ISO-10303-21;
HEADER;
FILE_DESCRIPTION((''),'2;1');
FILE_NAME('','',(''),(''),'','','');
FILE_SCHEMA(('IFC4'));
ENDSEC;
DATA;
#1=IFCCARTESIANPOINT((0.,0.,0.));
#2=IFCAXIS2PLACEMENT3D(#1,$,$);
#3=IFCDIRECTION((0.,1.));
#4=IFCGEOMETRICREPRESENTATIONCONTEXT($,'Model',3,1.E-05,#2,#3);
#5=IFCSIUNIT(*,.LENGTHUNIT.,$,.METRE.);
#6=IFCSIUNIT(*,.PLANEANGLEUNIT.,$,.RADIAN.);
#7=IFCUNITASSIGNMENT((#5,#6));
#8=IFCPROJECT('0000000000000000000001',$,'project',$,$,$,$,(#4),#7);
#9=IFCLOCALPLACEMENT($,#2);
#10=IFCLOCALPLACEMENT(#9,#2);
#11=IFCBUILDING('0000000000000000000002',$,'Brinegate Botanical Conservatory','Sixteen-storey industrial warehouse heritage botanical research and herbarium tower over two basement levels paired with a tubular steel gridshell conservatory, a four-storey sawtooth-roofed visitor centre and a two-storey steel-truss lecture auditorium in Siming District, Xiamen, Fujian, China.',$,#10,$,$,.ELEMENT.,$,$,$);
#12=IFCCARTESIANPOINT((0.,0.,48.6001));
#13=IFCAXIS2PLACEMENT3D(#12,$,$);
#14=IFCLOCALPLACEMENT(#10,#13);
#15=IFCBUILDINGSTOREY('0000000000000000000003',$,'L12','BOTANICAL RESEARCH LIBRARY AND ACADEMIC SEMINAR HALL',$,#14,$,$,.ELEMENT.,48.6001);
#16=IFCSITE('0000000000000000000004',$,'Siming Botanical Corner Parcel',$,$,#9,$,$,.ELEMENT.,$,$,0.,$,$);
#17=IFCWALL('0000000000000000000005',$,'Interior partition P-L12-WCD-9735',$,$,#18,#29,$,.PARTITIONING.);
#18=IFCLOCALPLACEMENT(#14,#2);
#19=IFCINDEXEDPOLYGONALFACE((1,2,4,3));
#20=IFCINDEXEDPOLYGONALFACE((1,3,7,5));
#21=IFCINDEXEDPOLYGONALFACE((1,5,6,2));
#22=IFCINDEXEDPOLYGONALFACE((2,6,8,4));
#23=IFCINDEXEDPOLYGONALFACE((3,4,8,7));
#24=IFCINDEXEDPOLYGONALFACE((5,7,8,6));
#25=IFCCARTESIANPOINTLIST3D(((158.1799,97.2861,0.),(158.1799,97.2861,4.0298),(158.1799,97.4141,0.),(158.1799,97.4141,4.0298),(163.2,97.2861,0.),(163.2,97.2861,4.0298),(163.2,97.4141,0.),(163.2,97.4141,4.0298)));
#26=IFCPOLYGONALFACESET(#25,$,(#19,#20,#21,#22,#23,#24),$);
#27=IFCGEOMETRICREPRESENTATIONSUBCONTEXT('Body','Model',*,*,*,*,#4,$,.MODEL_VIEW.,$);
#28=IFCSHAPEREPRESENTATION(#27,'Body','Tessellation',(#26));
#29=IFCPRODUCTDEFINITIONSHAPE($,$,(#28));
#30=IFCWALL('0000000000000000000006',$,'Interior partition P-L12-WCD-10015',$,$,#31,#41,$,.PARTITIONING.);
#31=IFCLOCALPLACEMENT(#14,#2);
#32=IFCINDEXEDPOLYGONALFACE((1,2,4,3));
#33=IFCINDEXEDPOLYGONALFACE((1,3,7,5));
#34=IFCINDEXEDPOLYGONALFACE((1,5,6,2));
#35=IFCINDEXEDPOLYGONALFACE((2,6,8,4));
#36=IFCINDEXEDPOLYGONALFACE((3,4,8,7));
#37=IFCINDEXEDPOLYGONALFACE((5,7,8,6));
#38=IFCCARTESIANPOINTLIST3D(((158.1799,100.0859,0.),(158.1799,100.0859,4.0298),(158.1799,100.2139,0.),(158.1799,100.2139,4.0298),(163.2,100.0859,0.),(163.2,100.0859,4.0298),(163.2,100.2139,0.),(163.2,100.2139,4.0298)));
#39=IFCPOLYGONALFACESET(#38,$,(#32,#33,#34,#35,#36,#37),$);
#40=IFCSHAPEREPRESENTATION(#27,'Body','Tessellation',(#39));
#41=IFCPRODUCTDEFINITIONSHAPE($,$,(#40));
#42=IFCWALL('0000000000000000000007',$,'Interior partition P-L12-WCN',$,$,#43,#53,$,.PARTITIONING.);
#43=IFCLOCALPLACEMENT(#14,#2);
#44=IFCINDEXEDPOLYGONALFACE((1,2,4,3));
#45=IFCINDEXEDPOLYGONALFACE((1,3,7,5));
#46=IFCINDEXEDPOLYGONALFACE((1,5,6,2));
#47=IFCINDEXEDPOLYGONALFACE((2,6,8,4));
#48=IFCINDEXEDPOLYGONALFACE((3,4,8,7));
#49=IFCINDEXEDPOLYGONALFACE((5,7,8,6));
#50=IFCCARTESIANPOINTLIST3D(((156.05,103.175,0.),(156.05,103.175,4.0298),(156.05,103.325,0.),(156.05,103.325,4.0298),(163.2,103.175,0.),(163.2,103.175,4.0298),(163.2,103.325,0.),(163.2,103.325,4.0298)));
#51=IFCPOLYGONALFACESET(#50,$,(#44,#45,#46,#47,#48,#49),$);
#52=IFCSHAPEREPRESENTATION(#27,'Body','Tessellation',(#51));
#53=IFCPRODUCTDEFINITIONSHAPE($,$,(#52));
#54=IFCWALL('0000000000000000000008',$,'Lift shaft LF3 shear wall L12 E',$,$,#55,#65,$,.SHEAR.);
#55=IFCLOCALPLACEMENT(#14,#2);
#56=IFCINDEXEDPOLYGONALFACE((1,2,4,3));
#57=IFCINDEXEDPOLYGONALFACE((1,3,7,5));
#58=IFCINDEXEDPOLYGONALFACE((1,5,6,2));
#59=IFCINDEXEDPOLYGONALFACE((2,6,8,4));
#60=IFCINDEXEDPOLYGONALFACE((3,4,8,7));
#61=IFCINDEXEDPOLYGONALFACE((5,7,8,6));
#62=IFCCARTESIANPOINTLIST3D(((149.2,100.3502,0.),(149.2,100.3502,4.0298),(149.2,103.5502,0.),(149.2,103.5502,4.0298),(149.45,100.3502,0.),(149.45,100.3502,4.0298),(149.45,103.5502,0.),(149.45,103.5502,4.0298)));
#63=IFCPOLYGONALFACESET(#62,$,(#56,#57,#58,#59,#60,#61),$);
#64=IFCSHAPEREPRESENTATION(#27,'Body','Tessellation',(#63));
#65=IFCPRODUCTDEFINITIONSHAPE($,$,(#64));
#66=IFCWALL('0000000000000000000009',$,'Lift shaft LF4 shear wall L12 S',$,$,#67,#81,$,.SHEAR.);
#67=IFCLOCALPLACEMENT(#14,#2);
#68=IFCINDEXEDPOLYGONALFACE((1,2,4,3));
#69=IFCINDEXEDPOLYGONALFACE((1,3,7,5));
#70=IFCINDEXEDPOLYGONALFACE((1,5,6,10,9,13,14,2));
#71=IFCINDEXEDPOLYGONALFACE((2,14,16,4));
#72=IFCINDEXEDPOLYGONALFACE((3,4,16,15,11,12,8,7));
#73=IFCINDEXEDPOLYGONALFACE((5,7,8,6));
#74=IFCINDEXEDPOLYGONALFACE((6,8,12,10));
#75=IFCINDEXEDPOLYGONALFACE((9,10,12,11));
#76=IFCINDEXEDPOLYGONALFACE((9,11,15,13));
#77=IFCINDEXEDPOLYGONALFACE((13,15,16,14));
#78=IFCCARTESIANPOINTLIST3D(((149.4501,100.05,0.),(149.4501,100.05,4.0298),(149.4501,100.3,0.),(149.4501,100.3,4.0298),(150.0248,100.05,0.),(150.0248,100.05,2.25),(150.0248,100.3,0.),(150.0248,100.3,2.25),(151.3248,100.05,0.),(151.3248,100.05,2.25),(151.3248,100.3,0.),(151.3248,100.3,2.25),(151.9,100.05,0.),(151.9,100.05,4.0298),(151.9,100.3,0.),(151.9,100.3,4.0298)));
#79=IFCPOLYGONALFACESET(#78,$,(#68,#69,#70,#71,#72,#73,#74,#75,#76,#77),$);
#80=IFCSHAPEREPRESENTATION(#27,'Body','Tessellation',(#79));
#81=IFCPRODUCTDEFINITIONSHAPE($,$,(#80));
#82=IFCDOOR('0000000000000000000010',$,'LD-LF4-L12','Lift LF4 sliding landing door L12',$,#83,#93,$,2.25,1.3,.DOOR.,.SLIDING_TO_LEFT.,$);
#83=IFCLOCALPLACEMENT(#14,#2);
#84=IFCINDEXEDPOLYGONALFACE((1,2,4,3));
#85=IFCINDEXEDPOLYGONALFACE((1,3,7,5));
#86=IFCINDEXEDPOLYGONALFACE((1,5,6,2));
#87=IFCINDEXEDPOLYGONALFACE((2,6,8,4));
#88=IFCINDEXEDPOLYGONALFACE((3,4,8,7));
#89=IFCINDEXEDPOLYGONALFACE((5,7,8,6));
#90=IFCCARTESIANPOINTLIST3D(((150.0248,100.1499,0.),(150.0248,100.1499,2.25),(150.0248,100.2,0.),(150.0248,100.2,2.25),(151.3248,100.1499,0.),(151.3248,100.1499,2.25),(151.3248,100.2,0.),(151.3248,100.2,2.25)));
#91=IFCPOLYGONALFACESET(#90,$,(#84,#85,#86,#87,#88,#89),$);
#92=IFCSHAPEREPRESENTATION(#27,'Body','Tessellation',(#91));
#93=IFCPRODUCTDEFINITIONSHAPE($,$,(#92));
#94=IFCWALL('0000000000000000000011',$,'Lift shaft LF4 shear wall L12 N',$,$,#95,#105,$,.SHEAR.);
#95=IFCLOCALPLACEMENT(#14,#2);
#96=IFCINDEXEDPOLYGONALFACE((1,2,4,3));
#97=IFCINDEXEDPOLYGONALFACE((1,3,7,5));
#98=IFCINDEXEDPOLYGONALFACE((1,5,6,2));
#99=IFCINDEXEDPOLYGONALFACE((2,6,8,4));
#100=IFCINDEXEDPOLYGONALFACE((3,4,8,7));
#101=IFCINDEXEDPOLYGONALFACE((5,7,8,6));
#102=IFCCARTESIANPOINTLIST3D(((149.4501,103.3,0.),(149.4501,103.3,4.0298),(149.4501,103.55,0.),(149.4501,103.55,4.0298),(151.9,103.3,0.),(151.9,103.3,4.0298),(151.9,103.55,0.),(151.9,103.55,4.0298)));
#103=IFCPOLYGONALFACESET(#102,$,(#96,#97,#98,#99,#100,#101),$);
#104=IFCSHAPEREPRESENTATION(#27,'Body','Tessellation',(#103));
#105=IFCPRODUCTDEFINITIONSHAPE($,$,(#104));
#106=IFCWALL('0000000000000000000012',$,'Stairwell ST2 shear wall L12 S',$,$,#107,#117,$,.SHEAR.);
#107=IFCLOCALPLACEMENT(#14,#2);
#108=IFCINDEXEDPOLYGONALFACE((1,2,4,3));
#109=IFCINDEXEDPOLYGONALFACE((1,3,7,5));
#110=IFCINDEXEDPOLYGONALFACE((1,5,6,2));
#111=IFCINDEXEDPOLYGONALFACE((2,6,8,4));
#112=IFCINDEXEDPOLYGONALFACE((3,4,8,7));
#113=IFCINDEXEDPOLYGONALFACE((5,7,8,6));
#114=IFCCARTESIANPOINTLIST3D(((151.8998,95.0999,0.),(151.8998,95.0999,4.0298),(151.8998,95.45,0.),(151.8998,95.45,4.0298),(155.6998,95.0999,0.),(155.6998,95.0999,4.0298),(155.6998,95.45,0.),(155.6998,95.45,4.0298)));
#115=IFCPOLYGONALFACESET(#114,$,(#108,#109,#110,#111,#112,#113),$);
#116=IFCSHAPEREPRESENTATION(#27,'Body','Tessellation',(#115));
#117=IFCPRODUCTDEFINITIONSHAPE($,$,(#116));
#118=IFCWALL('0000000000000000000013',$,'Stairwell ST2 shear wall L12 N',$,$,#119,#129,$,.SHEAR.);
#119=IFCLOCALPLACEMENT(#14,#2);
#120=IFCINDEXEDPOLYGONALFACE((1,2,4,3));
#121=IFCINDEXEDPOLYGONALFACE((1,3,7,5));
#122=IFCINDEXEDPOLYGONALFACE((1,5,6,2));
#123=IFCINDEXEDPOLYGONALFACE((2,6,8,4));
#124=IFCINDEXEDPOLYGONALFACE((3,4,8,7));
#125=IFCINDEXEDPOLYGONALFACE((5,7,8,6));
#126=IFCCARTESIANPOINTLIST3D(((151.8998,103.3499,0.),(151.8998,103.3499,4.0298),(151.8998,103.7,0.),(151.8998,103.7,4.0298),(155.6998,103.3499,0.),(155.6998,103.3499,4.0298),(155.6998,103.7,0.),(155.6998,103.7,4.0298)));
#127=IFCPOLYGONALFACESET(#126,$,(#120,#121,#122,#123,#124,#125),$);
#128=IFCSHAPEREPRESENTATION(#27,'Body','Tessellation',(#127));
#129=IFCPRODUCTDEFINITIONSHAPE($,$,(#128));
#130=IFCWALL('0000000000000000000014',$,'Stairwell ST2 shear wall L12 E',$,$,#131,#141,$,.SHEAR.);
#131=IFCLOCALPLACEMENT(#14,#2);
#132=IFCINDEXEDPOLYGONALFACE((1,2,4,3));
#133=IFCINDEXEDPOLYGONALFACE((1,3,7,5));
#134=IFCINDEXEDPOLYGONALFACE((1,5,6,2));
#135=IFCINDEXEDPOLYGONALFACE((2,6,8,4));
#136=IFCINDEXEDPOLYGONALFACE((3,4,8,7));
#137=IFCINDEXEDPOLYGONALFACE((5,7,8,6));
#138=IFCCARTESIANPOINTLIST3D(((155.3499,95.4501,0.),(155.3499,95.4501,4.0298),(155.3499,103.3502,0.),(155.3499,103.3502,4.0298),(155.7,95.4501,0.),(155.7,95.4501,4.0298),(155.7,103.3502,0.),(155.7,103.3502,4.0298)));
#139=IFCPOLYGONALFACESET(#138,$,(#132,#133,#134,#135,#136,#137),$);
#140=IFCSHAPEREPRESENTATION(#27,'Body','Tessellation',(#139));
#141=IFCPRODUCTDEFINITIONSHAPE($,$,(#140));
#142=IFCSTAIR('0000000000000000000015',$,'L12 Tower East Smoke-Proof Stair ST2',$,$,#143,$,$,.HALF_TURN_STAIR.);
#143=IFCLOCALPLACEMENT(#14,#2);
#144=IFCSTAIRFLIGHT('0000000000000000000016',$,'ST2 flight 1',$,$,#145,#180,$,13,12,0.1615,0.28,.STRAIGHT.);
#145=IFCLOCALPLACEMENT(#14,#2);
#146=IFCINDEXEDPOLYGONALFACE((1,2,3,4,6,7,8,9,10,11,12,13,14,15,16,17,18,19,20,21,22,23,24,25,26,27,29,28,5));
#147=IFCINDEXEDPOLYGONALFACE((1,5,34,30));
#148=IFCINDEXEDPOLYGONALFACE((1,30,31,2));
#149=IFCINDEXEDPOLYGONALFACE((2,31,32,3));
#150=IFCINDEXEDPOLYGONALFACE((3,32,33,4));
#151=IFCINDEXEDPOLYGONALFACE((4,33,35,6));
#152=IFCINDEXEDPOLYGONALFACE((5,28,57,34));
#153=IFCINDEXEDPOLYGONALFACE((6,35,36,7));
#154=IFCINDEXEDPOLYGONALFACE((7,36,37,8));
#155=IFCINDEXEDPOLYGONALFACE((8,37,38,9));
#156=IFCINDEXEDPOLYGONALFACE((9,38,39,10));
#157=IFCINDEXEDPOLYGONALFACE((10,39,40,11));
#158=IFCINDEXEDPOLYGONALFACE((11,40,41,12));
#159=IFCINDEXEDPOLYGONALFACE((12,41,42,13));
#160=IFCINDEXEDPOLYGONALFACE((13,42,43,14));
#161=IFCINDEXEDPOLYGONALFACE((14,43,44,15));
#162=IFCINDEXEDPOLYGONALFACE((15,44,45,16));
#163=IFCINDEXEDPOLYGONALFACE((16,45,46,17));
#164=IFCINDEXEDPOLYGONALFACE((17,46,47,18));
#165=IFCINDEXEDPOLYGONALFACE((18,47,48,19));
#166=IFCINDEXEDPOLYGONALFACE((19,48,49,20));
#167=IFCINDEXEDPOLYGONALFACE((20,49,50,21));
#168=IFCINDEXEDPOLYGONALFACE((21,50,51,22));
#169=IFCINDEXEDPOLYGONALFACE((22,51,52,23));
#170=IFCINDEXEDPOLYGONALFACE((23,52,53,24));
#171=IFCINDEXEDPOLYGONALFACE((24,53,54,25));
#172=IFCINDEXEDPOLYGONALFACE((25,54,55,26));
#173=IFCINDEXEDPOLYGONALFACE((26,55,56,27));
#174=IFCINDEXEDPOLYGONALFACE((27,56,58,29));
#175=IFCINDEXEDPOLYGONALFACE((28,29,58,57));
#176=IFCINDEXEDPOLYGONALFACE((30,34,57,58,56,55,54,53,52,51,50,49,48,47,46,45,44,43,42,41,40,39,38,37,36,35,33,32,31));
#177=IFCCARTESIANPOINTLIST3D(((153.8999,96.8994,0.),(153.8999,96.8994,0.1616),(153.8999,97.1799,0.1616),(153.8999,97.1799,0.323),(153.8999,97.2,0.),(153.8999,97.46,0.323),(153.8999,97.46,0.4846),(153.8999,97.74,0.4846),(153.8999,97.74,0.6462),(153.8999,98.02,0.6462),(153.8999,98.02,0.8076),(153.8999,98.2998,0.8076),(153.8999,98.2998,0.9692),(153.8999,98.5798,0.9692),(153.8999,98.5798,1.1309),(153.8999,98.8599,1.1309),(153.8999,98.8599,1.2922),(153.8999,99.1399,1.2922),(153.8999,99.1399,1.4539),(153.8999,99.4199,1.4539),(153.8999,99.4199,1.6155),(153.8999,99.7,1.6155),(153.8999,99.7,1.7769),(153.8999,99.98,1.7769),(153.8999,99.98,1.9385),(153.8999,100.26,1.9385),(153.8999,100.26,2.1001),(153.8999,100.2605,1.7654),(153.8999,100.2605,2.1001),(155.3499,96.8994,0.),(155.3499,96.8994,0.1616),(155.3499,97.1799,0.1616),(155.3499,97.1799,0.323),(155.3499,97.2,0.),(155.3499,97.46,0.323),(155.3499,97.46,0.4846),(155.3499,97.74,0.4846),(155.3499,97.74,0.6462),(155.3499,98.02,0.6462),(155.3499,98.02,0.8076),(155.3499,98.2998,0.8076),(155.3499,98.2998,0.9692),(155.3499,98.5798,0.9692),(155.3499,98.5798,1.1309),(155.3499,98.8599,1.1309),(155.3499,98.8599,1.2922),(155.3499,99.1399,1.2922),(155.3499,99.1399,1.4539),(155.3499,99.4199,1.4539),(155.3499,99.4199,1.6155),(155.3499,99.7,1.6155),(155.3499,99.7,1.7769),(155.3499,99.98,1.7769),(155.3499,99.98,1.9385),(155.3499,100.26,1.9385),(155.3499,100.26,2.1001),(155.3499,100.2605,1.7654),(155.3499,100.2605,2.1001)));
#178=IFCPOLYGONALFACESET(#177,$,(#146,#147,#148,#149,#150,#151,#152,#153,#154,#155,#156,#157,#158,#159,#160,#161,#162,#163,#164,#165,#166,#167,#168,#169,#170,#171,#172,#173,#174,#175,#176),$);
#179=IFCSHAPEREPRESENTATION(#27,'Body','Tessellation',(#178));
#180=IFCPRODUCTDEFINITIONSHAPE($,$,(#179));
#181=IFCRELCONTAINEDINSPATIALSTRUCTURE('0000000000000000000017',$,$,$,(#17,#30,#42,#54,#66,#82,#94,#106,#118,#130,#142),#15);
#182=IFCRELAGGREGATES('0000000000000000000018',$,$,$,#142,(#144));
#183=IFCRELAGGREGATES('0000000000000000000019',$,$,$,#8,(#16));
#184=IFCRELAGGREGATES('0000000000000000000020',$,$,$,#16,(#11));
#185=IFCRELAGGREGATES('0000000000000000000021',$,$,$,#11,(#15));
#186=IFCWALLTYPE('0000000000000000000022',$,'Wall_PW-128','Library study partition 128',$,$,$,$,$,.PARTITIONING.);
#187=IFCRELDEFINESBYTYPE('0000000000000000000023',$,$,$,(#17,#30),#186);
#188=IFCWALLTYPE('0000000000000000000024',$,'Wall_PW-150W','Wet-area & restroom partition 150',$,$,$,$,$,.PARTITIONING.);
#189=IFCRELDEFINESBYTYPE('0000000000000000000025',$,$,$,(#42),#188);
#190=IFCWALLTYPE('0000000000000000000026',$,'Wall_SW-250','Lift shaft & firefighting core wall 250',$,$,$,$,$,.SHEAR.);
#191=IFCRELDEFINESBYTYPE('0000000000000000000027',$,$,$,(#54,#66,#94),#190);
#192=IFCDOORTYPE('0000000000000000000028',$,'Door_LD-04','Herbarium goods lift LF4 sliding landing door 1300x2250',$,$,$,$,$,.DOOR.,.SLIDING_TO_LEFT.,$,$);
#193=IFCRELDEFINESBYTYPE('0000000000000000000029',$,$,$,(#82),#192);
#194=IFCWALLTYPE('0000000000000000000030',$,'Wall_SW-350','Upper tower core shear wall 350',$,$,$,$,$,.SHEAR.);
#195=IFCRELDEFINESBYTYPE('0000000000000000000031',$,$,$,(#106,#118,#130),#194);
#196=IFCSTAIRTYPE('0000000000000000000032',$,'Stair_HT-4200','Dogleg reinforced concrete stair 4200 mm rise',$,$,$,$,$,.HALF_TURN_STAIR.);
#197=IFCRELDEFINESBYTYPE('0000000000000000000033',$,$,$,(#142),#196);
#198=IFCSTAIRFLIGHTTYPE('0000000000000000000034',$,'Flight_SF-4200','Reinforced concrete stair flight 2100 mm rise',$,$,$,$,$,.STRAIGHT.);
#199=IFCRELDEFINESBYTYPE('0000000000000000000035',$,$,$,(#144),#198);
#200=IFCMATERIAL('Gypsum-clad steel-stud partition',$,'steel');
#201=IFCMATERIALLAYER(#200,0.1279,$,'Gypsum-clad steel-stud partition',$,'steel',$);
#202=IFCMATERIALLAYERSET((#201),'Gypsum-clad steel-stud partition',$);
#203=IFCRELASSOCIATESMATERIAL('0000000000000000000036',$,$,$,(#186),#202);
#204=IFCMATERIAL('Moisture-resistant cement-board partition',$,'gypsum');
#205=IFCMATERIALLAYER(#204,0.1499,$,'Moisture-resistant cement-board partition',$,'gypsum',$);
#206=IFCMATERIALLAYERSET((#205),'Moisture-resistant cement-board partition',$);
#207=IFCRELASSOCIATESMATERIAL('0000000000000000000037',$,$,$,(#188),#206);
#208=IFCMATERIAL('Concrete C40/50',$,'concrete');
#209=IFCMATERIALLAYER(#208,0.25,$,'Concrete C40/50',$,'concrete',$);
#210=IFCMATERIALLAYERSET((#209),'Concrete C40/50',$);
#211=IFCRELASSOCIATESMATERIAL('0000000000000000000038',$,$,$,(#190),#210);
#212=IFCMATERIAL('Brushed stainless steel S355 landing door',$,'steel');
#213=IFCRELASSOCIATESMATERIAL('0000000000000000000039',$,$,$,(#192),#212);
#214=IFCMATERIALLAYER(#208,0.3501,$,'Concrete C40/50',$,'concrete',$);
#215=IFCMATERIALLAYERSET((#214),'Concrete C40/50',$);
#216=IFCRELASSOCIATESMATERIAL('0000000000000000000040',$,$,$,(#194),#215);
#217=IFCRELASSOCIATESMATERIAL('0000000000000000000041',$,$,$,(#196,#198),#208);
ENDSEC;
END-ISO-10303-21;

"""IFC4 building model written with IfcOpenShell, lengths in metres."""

from ifc_helpers import new_model, si_unit, direction, frame, frame_2d, origin, place, context, subcontext, project, spatial, polyline, rectangle, outline, extrude, material, layer, layer_set, type_object, element, fill, aggregate, save


model = new_model("IFC4")

# Units and contexts
model_context = context("Model", 3, precision=1e-05, world=origin(), true_north=direction((0.0, 1.0)))
body_context = subcontext(model_context, "Body", "Model", "MODEL_VIEW")
ifc_project = project(units=[si_unit("LENGTHUNIT", "METRE"), si_unit("PLANEANGLEUNIT", "RADIAN")], contexts=[model_context])

# Site, building, storey
site_placement = place(None, origin())
site = spatial("IfcSite", under=ifc_project, at=site_placement, Name="Siming Botanical Corner Parcel", CompositionType="ELEMENT", RefElevation=0.0)
building_placement = place(site_placement, origin())
building = spatial("IfcBuilding", under=site, at=building_placement, Name="Brinegate Botanical Conservatory", Description="Sixteen-storey industrial warehouse heritage botanical research and herbarium tower over two basement levels paired with a tubular steel gridshell conservatory, a four-storey sawtooth-roofed visitor centre and a two-storey steel-truss lecture auditorium in Siming District, Xiamen, Fujian, China.", CompositionType="ELEMENT")
storey_placement = place(building_placement, frame((0.0, 0.0, 48.6001)))
storey = spatial("IfcBuildingStorey", under=building, at=storey_placement, Name="L12", Description="BOTANICAL RESEARCH LIBRARY AND ACADEMIC SEMINAR HALL", CompositionType="ELEMENT", Elevation=48.6001)

# Shared definitions
ifc_material_1 = material(Name="Concrete C40/50", Category="concrete")

# Walls
ifc_material_2 = material(Name="Gypsum-clad steel-stud partition", Category="steel")
ifc_layer_1 = layer(ifc_material_2, 0.1279, Name="Gypsum-clad steel-stud partition", Category="steel")
ifc_layer_set_1 = layer_set([ifc_layer_1], Name="Gypsum-clad steel-stud partition")
wall_type_1 = type_object("IfcWallType", Name="Wall_PW-128", Description="Library study partition 128", PredefinedType="PARTITIONING", material=ifc_layer_set_1)
for number, where, z_axis, x_axis, name in (
    (1, (158.1799, 97.3501, 0.0), (0.0, 0.0, 1.0), (1.0, 0.0, 0.0), "Interior partition P-L12-WCD-9735"),
    (2, (158.1799, 100.1499, 0.0), (0.0, 0.0, 1.0), (1.0, 0.0, 0.0), "Interior partition P-L12-WCD-10015"),
):
    element("IfcWall", number, at=place(storey_placement, frame(where, z_axis=z_axis, x_axis=x_axis)), inside=storey, type_object=wall_type_1, Name=name, PredefinedType="PARTITIONING", context=body_context, shape_type="SweptSolid", body=[
        extrude(rectangle(XDim=5.02, YDim=0.1279, at=frame_2d((2.51, 0.0))), origin(), (0.0, 0.0, 1.0), 4.0298),
    ])
ifc_material_3 = material(Name="Moisture-resistant cement-board partition", Category="gypsum")
ifc_layer_2 = layer(ifc_material_3, 0.1499, Name="Moisture-resistant cement-board partition", Category="gypsum")
ifc_layer_set_2 = layer_set([ifc_layer_2], Name="Moisture-resistant cement-board partition")
wall_type_2 = type_object("IfcWallType", Name="Wall_PW-150W", Description="Wet-area & restroom partition 150", PredefinedType="PARTITIONING", material=ifc_layer_set_2)
wall_1_placement = place(storey_placement, frame((156.05, 103.25, 0.0), z_axis=(0.0, 0.0, 1.0), x_axis=(1.0, 0.0, 0.0)))
element("IfcWall", 3, at=wall_1_placement, inside=storey, type_object=wall_type_2, Name="Interior partition P-L12-WCN", PredefinedType="PARTITIONING", context=body_context, shape_type="SweptSolid", body=[
    extrude(rectangle(XDim=7.1499, YDim=0.1499, at=frame_2d((3.575, 0.0))), origin(), (0.0, 0.0, 1.0), 4.0298),
])
ifc_layer_3 = layer(ifc_material_1, 0.25, Name="Concrete C40/50", Category="concrete")
ifc_layer_set_3 = layer_set([ifc_layer_3], Name="Concrete C40/50")
wall_type_3 = type_object("IfcWallType", Name="Wall_SW-250", Description="Lift shaft & firefighting core wall 250", PredefinedType="SHEAR", material=ifc_layer_set_3)
wall_2_placement = place(storey_placement, frame((149.325, 100.3501, 0.0), z_axis=(0.0, 0.0, 1.0), x_axis=(0.0, 1.0, 0.0)))
element("IfcWall", 4, at=wall_2_placement, inside=storey, type_object=wall_type_3, Name="Lift shaft LF3 shear wall L12 E", PredefinedType="SHEAR", context=body_context, shape_type="SweptSolid", body=[
    extrude(rectangle(XDim=3.2, YDim=0.25, at=frame_2d((1.6001, 0.0))), origin(), (0.0, 0.0, 1.0), 4.0298),
])

# Wall, opening, door
wall_3_placement = place(storey_placement, frame((149.45, 100.175, 0.0), z_axis=(0.0, 0.0, 1.0), x_axis=(1.0, 0.0, 0.0)))
wall_3 = element("IfcWall", 5, at=wall_3_placement, inside=storey, type_object=wall_type_3, Name="Lift shaft LF4 shear wall L12 S", PredefinedType="SHEAR", context=body_context, shape_type="SweptSolid", body=[
    extrude(rectangle(XDim=2.45, YDim=0.25, at=frame_2d((1.2251, 0.0))), origin(), (0.0, 0.0, 1.0), 4.0298),
])
opening_1_placement = place(wall_3_placement, frame((0.575, 0.0, 0.0)))
opening_1 = element("IfcOpeningElement", 6, at=opening_1_placement, cuts=wall_3, PredefinedType="OPENING", context=body_context, shape_type="SweptSolid", body=[
    extrude(rectangle(XDim=1.3, YDim=2.25, at=frame_2d((0.6499, 1.125))), frame((0.0, 0.135, 0.0), z_axis=(0.0, -1.0, 0.0), x_axis=(1.0, 0.0, 0.0)), (0.0, 0.0, 1.0), 0.27),
])
ifc_material_4 = material(Name="Brushed stainless steel S355 landing door", Category="steel")
door_type_1 = type_object("IfcDoorType", Name="Door_LD-04", Description="Herbarium goods lift LF4 sliding landing door 1300x2250", OperationType="SLIDING_TO_LEFT", PredefinedType="DOOR", material=ifc_material_4)
door_1_placement = place(opening_1_placement, origin())
door_1 = element("IfcDoor", 7, at=door_1_placement, inside=storey, type_object=door_type_1, Name="LD-LF4-L12", Description="Lift LF4 sliding landing door L12", OperationType="SLIDING_TO_LEFT", OverallHeight=2.25, OverallWidth=1.3, PredefinedType="DOOR", context=body_context, shape_type="SweptSolid", body=[
    extrude(rectangle(XDim=1.3, YDim=2.25, at=frame_2d((0.6499, 1.125))), frame((0.0, 0.0249, 0.0), z_axis=(0.0, -1.0, 0.0), x_axis=(1.0, 0.0, 0.0)), (0.0, 0.0, 1.0), 0.05),
])
fill(opening_1, door_1)

# Walls
wall_4_placement = place(storey_placement, frame((149.45, 103.425, 0.0), z_axis=(0.0, 0.0, 1.0), x_axis=(1.0, 0.0, 0.0)))
element("IfcWall", 8, at=wall_4_placement, inside=storey, type_object=wall_type_3, Name="Lift shaft LF4 shear wall L12 N", PredefinedType="SHEAR", context=body_context, shape_type="SweptSolid", body=[
    extrude(rectangle(XDim=2.45, YDim=0.25, at=frame_2d((1.2251, 0.0))), origin(), (0.0, 0.0, 1.0), 4.0298),
])
ifc_layer_4 = layer(ifc_material_1, 0.3501, Name="Concrete C40/50", Category="concrete")
ifc_layer_set_4 = layer_set([ifc_layer_4], Name="Concrete C40/50")
wall_type_4 = type_object("IfcWallType", Name="Wall_SW-350", Description="Upper tower core shear wall 350", PredefinedType="SHEAR", material=ifc_layer_set_4)
for number, where, z_axis, x_axis, name in (
    (9, (151.8999, 95.2749, 0.0), (0.0, 0.0, 1.0), (1.0, 0.0, 0.0), "Stairwell ST2 shear wall L12 S"),
    (10, (151.8999, 103.5249, 0.0), (0.0, 0.0, 1.0), (1.0, 0.0, 0.0), "Stairwell ST2 shear wall L12 N"),
):
    element("IfcWall", number, at=place(storey_placement, frame(where, z_axis=z_axis, x_axis=x_axis)), inside=storey, type_object=wall_type_4, Name=name, PredefinedType="SHEAR", context=body_context, shape_type="SweptSolid", body=[
        extrude(rectangle(XDim=3.8, YDim=0.3501, at=frame_2d((1.8999, 0.0))), origin(), (0.0, 0.0, 1.0), 4.0298),
    ])

# Wall
wall_5_placement = place(storey_placement, frame((155.5249, 95.45, 0.0), z_axis=(0.0, 0.0, 1.0), x_axis=(0.0, 1.0, 0.0)))
element("IfcWall", 11, at=wall_5_placement, inside=storey, type_object=wall_type_4, Name="Stairwell ST2 shear wall L12 E", PredefinedType="SHEAR", context=body_context, shape_type="SweptSolid", body=[
    extrude(rectangle(XDim=7.9001, YDim=0.3501, at=frame_2d((3.9502, 0.0))), origin(), (0.0, 0.0, 1.0), 4.0298),
])

# Stair, stair flight
stair_type = type_object("IfcStairType", Name="Stair_HT-4200", Description="Dogleg reinforced concrete stair 4200 mm rise", PredefinedType="HALF_TURN_STAIR", material=ifc_material_1)
stair_placement = place(storey_placement, origin())
stair = element("IfcStair", 12, at=stair_placement, inside=storey, type_object=stair_type, Name="L12 Tower East Smoke-Proof Stair ST2", PredefinedType="HALF_TURN_STAIR")
stair_flight_type = type_object("IfcStairFlightType", Name="Flight_SF-4200", Description="Reinforced concrete stair flight 2100 mm rise", PredefinedType="STRAIGHT", material=ifc_material_1)
stair_flight_1_placement = place(storey_placement, frame((154.625, 96.8999, 0.0), z_axis=(0.0, 0.0, 1.0), x_axis=(0.0, 1.0, 0.0)))
stair_flight_1 = element("IfcStairFlight", 13, at=stair_flight_1_placement, type_object=stair_flight_type, Name="ST2 flight 1", NumberOfRisers=13, NumberOfTreads=12, PredefinedType="STRAIGHT", RiserHeight=0.1615, TreadLength=0.28, context=body_context, shape_type="SweptSolid", body=[
    extrude(outline(polyline([(-0.0005, 0.0), (-0.0005, 0.1616), (0.28, 0.1616), (0.28, 0.323), (0.5601, 0.323), (0.5601, 0.4846), (0.8401, 0.4846), (0.8401, 0.6462), (1.1201, 0.6462), (1.1201, 0.8076), (1.3999, 0.8076), (1.3999, 0.9692), (1.6799, 0.9692), (1.6799, 1.1309), (1.96, 1.1309), (1.96, 1.2922), (2.24, 1.2922), (2.24, 1.4539), (2.52, 1.4539), (2.52, 1.6155), (2.8, 1.6155), (2.8, 1.7769), (3.0801, 1.7769), (3.0801, 1.9385), (3.3601, 1.9385), (3.3601, 2.1001), (3.3606, 2.1001), (3.3606, 1.7654), (0.3, 0.0), (-0.0005, 0.0)])), frame((0.0, 0.7251, 0.0), z_axis=(0.0, -1.0, 0.0), x_axis=(1.0, 0.0, 0.0)), (0.0, 0.0, 1.0), 1.45),
])
aggregate(stair, [stair_flight_1])

save(model, "model.ifc")
